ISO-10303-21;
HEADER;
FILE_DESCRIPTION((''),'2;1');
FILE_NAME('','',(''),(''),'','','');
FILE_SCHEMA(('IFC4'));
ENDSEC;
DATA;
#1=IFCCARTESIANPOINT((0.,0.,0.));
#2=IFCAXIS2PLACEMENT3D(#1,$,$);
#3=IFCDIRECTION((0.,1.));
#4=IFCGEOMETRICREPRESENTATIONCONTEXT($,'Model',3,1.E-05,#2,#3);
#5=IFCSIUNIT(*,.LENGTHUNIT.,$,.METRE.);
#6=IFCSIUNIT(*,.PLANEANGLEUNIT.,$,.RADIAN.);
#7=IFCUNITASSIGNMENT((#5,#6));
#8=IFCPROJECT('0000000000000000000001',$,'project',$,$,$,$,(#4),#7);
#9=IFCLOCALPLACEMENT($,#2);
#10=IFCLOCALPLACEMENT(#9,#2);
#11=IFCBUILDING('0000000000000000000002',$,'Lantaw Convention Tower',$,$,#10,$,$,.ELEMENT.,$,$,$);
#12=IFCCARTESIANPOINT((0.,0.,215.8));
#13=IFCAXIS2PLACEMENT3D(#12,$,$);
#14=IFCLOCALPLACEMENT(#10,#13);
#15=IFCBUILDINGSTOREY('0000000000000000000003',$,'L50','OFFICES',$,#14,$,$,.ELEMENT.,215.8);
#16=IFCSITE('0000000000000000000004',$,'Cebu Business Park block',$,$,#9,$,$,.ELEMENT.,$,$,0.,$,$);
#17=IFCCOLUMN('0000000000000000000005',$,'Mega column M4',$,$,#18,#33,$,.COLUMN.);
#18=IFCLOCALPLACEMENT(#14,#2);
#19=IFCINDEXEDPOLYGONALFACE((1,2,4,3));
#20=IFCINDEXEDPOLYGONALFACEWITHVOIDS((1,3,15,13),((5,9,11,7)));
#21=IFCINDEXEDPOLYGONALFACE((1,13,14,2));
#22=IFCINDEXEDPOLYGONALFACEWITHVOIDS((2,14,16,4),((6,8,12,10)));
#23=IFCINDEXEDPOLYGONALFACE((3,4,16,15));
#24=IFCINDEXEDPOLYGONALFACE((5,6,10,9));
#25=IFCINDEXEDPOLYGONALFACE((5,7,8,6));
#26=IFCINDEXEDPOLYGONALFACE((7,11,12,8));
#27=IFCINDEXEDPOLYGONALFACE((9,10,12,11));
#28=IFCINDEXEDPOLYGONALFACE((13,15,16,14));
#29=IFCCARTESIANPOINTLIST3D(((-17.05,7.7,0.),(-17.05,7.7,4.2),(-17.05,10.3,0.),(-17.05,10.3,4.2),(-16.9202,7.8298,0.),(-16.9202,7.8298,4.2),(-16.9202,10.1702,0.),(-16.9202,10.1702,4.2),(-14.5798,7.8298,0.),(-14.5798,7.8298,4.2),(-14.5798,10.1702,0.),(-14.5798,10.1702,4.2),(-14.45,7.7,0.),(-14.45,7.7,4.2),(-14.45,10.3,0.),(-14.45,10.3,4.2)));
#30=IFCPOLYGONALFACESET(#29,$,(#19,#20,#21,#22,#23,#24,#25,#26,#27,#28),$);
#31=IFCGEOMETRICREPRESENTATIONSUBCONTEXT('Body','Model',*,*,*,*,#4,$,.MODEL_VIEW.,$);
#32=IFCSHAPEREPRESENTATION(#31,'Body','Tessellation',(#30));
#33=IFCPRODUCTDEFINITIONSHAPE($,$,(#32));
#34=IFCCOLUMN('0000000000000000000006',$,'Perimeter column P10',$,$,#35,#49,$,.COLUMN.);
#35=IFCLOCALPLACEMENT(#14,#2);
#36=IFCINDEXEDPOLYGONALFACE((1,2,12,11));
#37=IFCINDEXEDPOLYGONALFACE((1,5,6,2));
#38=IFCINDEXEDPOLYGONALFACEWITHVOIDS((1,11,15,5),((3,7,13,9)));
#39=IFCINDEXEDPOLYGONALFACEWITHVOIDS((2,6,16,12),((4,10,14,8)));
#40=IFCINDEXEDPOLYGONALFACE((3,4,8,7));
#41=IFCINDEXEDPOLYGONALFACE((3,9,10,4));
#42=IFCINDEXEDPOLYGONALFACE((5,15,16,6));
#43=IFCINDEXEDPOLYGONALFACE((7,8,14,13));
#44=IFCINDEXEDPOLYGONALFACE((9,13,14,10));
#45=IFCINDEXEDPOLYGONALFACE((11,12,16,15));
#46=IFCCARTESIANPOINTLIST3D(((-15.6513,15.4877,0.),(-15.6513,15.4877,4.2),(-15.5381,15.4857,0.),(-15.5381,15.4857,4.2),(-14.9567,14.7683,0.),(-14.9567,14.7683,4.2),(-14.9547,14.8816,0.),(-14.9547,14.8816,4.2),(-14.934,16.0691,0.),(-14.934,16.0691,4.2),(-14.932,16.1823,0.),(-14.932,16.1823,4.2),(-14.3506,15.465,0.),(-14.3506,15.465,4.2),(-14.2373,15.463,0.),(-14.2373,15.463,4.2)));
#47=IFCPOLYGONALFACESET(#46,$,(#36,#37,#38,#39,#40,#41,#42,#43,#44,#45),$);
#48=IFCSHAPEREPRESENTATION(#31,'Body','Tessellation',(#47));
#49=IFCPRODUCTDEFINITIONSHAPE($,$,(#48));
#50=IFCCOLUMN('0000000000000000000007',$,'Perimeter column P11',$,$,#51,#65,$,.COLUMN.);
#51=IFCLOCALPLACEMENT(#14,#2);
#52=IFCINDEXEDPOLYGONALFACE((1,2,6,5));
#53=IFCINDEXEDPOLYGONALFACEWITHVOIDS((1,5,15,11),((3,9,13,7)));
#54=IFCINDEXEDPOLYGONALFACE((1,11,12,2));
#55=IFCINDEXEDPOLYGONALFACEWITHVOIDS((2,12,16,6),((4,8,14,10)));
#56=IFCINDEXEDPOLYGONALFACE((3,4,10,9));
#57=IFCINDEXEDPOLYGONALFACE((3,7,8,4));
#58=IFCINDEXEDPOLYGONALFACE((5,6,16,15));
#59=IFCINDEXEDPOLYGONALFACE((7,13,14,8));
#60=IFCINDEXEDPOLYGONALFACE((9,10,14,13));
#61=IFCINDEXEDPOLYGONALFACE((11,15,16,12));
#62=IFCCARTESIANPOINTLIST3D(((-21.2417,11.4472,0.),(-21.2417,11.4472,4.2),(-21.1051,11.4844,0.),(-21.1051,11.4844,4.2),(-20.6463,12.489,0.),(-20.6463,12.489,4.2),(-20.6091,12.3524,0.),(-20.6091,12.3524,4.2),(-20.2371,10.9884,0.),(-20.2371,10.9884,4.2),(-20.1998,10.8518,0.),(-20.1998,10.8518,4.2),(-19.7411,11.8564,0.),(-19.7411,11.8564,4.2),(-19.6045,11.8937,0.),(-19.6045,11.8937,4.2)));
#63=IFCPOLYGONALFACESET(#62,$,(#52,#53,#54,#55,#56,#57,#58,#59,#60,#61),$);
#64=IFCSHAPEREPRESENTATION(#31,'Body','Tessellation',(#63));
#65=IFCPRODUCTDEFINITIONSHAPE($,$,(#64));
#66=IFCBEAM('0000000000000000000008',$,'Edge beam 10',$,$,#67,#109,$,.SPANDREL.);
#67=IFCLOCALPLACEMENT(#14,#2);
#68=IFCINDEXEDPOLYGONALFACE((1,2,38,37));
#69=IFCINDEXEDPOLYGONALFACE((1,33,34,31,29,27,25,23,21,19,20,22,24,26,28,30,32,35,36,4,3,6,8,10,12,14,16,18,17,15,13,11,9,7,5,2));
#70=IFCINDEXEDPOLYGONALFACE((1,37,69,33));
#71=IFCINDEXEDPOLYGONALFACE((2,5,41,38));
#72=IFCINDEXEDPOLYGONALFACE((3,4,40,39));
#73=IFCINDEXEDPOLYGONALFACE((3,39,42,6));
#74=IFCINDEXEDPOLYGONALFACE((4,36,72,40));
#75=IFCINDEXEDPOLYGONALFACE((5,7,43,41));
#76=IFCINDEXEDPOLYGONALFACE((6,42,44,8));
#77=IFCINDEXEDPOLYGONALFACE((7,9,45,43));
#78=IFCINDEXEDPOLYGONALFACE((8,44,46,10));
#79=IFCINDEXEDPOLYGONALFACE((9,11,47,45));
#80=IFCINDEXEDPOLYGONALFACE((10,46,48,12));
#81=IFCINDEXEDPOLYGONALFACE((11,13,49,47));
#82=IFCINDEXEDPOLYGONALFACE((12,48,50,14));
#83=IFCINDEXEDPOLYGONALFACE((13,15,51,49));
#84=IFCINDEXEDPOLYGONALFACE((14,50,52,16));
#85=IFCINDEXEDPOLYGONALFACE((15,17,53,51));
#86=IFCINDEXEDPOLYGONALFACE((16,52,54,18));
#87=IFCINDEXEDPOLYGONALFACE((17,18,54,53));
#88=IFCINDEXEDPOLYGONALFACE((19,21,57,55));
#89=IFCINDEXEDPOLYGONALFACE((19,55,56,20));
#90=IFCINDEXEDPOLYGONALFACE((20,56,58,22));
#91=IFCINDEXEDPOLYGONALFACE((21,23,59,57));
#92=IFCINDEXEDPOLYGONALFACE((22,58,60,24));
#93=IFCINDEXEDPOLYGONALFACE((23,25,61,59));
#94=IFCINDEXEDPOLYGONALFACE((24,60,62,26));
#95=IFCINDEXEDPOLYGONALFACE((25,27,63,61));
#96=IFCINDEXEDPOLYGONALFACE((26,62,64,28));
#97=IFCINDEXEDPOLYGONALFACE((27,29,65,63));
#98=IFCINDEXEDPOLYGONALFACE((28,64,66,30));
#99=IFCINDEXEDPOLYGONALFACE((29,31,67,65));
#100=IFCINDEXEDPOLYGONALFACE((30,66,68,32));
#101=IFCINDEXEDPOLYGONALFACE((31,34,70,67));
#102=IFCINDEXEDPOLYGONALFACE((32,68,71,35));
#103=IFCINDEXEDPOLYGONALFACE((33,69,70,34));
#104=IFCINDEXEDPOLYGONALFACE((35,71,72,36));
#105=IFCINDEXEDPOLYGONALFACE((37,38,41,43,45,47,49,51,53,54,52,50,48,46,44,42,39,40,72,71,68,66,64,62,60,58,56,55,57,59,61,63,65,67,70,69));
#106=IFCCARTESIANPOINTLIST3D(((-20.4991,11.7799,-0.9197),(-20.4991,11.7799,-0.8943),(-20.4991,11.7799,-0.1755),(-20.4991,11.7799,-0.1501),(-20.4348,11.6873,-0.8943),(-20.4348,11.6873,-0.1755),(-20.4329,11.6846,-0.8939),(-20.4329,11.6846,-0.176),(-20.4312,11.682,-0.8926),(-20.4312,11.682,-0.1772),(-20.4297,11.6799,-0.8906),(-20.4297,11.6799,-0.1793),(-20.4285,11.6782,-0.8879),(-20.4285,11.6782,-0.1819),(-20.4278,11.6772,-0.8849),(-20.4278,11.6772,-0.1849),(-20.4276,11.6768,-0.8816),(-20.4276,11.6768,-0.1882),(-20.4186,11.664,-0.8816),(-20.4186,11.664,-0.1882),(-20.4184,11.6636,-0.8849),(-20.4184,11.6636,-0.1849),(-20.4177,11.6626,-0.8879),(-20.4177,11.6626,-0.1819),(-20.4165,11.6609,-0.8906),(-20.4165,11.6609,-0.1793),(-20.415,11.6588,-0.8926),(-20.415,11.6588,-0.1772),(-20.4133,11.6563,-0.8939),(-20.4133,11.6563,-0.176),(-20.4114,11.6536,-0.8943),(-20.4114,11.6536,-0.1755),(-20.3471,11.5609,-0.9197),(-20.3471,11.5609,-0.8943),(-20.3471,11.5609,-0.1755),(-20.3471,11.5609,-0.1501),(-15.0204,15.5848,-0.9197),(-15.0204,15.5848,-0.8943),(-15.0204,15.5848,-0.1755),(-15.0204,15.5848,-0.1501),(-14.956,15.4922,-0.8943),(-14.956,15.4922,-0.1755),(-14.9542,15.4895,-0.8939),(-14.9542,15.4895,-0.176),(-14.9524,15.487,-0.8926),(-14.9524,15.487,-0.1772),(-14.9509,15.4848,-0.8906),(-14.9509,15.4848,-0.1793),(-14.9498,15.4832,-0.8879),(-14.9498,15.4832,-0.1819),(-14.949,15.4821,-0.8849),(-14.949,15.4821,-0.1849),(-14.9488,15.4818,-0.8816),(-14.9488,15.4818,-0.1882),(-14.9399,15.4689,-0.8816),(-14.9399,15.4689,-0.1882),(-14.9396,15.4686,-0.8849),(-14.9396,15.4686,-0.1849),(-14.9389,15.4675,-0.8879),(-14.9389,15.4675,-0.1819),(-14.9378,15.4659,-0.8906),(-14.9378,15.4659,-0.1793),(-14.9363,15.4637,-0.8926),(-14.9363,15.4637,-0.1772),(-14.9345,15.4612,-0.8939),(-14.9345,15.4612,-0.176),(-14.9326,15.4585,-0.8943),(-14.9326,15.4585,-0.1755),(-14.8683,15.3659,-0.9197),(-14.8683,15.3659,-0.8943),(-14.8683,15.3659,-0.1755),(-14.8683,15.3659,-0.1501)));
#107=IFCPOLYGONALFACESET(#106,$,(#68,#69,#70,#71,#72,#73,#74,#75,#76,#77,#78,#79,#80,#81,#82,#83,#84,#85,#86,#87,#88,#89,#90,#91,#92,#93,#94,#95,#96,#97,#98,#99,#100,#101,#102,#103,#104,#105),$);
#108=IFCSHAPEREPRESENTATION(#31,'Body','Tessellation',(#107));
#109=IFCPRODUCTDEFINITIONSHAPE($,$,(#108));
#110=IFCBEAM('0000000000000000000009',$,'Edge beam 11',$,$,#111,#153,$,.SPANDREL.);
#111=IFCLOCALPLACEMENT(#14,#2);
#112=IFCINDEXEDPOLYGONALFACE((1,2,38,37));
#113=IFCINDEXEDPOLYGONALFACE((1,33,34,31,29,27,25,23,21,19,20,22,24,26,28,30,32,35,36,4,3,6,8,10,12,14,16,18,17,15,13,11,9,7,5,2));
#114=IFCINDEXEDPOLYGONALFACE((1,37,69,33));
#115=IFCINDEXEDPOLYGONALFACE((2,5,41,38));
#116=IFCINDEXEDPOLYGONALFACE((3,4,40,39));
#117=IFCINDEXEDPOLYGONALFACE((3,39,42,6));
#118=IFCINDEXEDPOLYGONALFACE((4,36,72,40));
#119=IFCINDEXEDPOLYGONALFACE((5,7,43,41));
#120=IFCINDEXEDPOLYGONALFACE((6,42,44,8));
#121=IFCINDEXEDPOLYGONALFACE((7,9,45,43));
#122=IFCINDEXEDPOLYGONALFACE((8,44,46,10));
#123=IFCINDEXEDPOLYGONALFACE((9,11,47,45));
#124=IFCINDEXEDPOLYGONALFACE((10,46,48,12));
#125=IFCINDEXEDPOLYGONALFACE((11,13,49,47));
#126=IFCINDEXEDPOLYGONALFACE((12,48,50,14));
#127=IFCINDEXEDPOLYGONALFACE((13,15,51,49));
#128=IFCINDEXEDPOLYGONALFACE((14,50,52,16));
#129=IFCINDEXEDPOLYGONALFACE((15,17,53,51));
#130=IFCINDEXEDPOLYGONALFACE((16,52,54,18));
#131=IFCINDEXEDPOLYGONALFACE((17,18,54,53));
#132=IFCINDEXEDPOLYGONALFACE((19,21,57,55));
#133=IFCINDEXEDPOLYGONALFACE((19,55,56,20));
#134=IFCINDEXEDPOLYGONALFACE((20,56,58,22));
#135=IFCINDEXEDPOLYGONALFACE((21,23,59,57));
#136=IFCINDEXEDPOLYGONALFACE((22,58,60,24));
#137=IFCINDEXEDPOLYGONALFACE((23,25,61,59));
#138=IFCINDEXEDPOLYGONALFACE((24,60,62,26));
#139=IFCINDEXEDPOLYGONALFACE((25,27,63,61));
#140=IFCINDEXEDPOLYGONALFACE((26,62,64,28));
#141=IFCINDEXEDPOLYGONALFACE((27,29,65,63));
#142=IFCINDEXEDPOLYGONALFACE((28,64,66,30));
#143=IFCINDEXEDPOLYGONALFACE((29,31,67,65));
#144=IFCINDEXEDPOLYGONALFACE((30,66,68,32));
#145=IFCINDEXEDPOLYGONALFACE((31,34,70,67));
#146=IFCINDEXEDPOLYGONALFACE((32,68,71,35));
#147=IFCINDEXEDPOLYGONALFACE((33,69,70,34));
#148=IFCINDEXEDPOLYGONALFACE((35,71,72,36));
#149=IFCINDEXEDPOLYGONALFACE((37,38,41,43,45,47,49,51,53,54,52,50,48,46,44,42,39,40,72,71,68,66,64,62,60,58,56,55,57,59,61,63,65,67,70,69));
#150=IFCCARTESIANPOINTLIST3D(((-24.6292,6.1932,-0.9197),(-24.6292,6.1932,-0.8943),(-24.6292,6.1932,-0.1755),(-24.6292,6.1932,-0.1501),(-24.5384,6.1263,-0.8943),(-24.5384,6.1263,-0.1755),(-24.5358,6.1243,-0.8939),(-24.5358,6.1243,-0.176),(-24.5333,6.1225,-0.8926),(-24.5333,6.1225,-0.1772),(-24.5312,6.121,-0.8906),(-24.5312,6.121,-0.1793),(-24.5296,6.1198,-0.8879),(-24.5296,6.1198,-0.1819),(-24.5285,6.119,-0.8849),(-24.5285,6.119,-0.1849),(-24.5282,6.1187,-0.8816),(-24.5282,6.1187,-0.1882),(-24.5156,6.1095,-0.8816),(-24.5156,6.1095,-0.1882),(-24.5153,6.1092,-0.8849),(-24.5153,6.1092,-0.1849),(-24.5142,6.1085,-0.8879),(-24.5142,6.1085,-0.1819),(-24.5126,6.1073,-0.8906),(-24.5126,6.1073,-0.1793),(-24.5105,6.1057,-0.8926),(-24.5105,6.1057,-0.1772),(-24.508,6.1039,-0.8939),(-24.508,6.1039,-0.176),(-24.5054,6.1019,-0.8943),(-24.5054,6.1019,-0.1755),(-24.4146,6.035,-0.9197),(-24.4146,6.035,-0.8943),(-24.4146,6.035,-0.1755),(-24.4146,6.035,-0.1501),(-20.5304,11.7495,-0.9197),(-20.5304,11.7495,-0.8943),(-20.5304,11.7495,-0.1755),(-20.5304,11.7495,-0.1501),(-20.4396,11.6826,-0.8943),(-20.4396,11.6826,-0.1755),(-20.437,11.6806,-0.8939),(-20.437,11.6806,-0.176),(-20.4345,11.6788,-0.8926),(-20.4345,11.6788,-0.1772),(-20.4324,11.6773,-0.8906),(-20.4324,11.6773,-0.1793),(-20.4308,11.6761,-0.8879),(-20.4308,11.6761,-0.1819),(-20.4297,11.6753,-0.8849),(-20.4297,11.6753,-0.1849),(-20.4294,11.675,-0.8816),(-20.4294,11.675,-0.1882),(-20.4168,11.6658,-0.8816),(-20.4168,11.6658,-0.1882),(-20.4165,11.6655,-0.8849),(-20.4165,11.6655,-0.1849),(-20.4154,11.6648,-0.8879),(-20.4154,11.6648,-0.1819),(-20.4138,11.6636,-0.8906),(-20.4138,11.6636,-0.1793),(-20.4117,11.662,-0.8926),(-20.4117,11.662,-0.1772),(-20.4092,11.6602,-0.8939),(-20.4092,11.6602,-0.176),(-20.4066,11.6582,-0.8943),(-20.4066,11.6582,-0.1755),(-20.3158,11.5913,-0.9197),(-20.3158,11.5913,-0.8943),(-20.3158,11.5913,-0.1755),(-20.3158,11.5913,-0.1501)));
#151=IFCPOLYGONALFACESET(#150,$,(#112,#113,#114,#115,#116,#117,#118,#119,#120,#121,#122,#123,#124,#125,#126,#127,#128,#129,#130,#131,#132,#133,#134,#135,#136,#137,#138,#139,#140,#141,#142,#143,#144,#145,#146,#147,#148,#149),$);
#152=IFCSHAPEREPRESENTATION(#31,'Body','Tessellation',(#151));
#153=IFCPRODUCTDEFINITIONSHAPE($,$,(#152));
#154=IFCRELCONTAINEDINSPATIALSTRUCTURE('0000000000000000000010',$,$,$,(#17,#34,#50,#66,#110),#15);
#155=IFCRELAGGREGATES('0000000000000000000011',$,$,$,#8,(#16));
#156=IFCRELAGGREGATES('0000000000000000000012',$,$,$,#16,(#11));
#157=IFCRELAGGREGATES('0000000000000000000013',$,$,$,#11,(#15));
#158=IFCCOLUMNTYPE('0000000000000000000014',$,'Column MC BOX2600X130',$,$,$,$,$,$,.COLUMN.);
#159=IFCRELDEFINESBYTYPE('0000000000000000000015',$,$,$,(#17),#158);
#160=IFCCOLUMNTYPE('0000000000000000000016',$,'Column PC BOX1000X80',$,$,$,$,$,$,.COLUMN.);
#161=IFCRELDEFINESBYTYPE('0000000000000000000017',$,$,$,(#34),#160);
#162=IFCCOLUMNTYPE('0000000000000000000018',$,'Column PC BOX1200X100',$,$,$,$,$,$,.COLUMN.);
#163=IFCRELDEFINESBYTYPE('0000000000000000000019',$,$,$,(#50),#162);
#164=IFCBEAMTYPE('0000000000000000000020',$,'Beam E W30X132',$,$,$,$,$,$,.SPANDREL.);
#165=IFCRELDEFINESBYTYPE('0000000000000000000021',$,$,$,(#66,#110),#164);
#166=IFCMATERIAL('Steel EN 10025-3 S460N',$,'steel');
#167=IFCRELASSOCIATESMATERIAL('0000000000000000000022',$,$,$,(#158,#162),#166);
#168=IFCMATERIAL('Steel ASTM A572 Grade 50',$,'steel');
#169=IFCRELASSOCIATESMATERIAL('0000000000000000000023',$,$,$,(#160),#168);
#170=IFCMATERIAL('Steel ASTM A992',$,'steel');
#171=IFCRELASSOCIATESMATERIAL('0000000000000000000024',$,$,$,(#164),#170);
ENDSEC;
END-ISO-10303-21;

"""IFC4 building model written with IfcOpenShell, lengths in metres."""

from ifc_helpers import new_model, si_unit, direction, frame, origin, origin_2d, place, context, subcontext, project, spatial, rectangle, hollow_rectangle, i_section, extrude, material, material_profile, profile_set, type_object, element, save


model = new_model("IFC4")

# Units and contexts
model_context = context("Model", 3, precision=1e-05, world=origin(), true_north=direction((0.0, 1.0)))
body_context = subcontext(model_context, "Body", "Model", "MODEL_VIEW")
ifc_project = project(units=[si_unit("LENGTHUNIT", "METRE"), si_unit("PLANEANGLEUNIT", "RADIAN")], contexts=[model_context])

# Site, building, storey
site_placement = place(None, origin())
site = spatial("IfcSite", under=ifc_project, at=site_placement, Name="Cebu Business Park block", CompositionType="ELEMENT", RefElevation=0.0)
building_placement = place(site_placement, origin())
building = spatial("IfcBuilding", under=site, at=building_placement, Name="Lantaw Convention Tower", CompositionType="ELEMENT")
storey_placement = place(building_placement, frame((0.0, 0.0, 215.8)))
storey = spatial("IfcBuildingStorey", under=building, at=storey_placement, Name="L50", Description="OFFICES", CompositionType="ELEMENT", Elevation=215.8)

# Columns
ifc_material_1 = material(Name="Steel EN 10025-3 S460N", Category="steel")
ifc_material_profile_1 = material_profile(ifc_material_1, hollow_rectangle(XDim=2.6001, YDim=2.6001, WallThickness=0.1299, at=origin_2d()), Name="BOX2600X130")
ifc_material_2 = material(Name="Concrete C60/75", Category="concrete")
ifc_material_profile_2 = material_profile(ifc_material_2, rectangle(XDim=2.3401, YDim=2.3401, at=origin_2d()), Name="Concrete fill of BOX2600X130")
ifc_profile_set_1 = profile_set([ifc_material_profile_1, ifc_material_profile_2], Name="Steel EN 10025-3 S460N")
column_type_1 = type_object("IfcColumnType", Name="Column MC BOX2600X130", PredefinedType="COLUMN", material=ifc_profile_set_1)
column_1_placement = place(storey_placement, frame((-15.75, 9.0, 0.0), z_axis=(0.0, 0.0, 1.0), x_axis=(1.0, 0.0, 0.0)))
element("IfcColumn", 1, at=column_1_placement, inside=storey, type_object=column_type_1, Name="Mega column M4", PredefinedType="COLUMN", context=body_context, shape_type="SweptSolid", body=[
    extrude(hollow_rectangle(XDim=2.6001, YDim=2.6001, WallThickness=0.1299, at=origin_2d()), origin(), (0.0, 0.0, 1.0), 4.2),
])
ifc_material_3 = material(Name="Steel ASTM A572 Grade 50", Category="steel")
ifc_material_profile_3 = material_profile(ifc_material_3, hollow_rectangle(XDim=1.0, YDim=1.0, WallThickness=0.0801, at=origin_2d()), Name="BOX1000X80")
ifc_material_profile_4 = material_profile(ifc_material_2, rectangle(XDim=0.8401, YDim=0.8401, at=origin_2d()), Name="Concrete fill of BOX1000X80")
ifc_profile_set_2 = profile_set([ifc_material_profile_3, ifc_material_profile_4], Name="Steel ASTM A572 Grade 50")
column_type_2 = type_object("IfcColumnType", Name="Column PC BOX1000X80", PredefinedType="COLUMN", material=ifc_profile_set_2)
column_2_placement = place(storey_placement, frame((-14.9443, 15.4753, 0.0), z_axis=(0.0, 0.0, 1.0), x_axis=(0.71934, 0.694658, 0.0)))
element("IfcColumn", 2, at=column_2_placement, inside=storey, type_object=column_type_2, Name="Perimeter column P10", PredefinedType="COLUMN", context=body_context, shape_type="SweptSolid", body=[
    extrude(hollow_rectangle(XDim=1.0, YDim=1.0, WallThickness=0.0801, at=origin_2d()), origin(), (0.0, 0.0, 1.0), 4.2),
])
ifc_material_profile_5 = material_profile(ifc_material_1, hollow_rectangle(XDim=1.2, YDim=1.2, WallThickness=0.1001, at=origin_2d()), Name="BOX1200X100")
ifc_material_profile_6 = material_profile(ifc_material_2, rectangle(XDim=1.0, YDim=1.0, at=origin_2d()), Name="Concrete fill of BOX1200X100")
ifc_profile_set_3 = profile_set([ifc_material_profile_5, ifc_material_profile_6], Name="Steel EN 10025-3 S460N")
column_type_3 = type_object("IfcColumnType", Name="Column PC BOX1200X100", PredefinedType="COLUMN", material=ifc_profile_set_3)
column_3_placement = place(storey_placement, frame((-20.4231, 11.6704, 0.0), z_axis=(0.0, 0.0, 1.0), x_axis=(0.496139, 0.868243, 0.0)))
element("IfcColumn", 3, at=column_3_placement, inside=storey, type_object=column_type_3, Name="Perimeter column P11", PredefinedType="COLUMN", context=body_context, shape_type="SweptSolid", body=[
    extrude(hollow_rectangle(XDim=1.2, YDim=1.2, WallThickness=0.1001, at=origin_2d()), origin(), (0.0, 0.0, 1.0), 4.2),
])

# Beams
ifc_material_4 = material(Name="Steel ASTM A992", Category="steel")
ifc_material_profile_7 = material_profile(ifc_material_4, i_section(OverallWidth=0.2666, OverallDepth=0.7695, WebThickness=0.0156, FlangeThickness=0.0254, FilletRadius=0.0127, at=origin_2d()), Name="W30X132")
ifc_profile_set_4 = profile_set([ifc_material_profile_7], Name="Steel ASTM A992")
beam_type_1 = type_object("IfcBeamType", Name="Beam E W30X132", PredefinedType="SPANDREL", material=ifc_profile_set_4)
beam_1_placement = place(storey_placement, frame((-14.9443, 15.4753, -0.5349), z_axis=(-0.821353, -0.57042, 0.0), x_axis=(0.57042, -0.821353, 0.0)))
element("IfcBeam", 4, at=beam_1_placement, inside=storey, type_object=beam_type_1, Name="Edge beam 10", PredefinedType="SPANDREL", context=body_context, shape_type="SweptSolid", body=[
    extrude(i_section(OverallWidth=0.2666, OverallDepth=0.7695, WebThickness=0.0156, FlangeThickness=0.0254, FilletRadius=0.0127, at=origin_2d()), origin(), (0.0, 0.0, 1.0), 6.6704),
])
beam_2_placement = place(storey_placement, frame((-20.4231, 11.6704, -0.5349), z_axis=(-0.593639, -0.804731, 0.0), x_axis=(0.804731, -0.593639, 0.0)))
element("IfcBeam", 5, at=beam_2_placement, inside=storey, type_object=beam_type_1, Name="Edge beam 11", PredefinedType="SPANDREL", context=body_context, shape_type="SweptSolid", body=[
    extrude(i_section(OverallWidth=0.2666, OverallDepth=0.7695, WebThickness=0.0156, FlangeThickness=0.0254, FilletRadius=0.0127, at=origin_2d()), origin(), (0.0, 0.0, 1.0), 6.9045),
])

save(model, "model.ifc")
